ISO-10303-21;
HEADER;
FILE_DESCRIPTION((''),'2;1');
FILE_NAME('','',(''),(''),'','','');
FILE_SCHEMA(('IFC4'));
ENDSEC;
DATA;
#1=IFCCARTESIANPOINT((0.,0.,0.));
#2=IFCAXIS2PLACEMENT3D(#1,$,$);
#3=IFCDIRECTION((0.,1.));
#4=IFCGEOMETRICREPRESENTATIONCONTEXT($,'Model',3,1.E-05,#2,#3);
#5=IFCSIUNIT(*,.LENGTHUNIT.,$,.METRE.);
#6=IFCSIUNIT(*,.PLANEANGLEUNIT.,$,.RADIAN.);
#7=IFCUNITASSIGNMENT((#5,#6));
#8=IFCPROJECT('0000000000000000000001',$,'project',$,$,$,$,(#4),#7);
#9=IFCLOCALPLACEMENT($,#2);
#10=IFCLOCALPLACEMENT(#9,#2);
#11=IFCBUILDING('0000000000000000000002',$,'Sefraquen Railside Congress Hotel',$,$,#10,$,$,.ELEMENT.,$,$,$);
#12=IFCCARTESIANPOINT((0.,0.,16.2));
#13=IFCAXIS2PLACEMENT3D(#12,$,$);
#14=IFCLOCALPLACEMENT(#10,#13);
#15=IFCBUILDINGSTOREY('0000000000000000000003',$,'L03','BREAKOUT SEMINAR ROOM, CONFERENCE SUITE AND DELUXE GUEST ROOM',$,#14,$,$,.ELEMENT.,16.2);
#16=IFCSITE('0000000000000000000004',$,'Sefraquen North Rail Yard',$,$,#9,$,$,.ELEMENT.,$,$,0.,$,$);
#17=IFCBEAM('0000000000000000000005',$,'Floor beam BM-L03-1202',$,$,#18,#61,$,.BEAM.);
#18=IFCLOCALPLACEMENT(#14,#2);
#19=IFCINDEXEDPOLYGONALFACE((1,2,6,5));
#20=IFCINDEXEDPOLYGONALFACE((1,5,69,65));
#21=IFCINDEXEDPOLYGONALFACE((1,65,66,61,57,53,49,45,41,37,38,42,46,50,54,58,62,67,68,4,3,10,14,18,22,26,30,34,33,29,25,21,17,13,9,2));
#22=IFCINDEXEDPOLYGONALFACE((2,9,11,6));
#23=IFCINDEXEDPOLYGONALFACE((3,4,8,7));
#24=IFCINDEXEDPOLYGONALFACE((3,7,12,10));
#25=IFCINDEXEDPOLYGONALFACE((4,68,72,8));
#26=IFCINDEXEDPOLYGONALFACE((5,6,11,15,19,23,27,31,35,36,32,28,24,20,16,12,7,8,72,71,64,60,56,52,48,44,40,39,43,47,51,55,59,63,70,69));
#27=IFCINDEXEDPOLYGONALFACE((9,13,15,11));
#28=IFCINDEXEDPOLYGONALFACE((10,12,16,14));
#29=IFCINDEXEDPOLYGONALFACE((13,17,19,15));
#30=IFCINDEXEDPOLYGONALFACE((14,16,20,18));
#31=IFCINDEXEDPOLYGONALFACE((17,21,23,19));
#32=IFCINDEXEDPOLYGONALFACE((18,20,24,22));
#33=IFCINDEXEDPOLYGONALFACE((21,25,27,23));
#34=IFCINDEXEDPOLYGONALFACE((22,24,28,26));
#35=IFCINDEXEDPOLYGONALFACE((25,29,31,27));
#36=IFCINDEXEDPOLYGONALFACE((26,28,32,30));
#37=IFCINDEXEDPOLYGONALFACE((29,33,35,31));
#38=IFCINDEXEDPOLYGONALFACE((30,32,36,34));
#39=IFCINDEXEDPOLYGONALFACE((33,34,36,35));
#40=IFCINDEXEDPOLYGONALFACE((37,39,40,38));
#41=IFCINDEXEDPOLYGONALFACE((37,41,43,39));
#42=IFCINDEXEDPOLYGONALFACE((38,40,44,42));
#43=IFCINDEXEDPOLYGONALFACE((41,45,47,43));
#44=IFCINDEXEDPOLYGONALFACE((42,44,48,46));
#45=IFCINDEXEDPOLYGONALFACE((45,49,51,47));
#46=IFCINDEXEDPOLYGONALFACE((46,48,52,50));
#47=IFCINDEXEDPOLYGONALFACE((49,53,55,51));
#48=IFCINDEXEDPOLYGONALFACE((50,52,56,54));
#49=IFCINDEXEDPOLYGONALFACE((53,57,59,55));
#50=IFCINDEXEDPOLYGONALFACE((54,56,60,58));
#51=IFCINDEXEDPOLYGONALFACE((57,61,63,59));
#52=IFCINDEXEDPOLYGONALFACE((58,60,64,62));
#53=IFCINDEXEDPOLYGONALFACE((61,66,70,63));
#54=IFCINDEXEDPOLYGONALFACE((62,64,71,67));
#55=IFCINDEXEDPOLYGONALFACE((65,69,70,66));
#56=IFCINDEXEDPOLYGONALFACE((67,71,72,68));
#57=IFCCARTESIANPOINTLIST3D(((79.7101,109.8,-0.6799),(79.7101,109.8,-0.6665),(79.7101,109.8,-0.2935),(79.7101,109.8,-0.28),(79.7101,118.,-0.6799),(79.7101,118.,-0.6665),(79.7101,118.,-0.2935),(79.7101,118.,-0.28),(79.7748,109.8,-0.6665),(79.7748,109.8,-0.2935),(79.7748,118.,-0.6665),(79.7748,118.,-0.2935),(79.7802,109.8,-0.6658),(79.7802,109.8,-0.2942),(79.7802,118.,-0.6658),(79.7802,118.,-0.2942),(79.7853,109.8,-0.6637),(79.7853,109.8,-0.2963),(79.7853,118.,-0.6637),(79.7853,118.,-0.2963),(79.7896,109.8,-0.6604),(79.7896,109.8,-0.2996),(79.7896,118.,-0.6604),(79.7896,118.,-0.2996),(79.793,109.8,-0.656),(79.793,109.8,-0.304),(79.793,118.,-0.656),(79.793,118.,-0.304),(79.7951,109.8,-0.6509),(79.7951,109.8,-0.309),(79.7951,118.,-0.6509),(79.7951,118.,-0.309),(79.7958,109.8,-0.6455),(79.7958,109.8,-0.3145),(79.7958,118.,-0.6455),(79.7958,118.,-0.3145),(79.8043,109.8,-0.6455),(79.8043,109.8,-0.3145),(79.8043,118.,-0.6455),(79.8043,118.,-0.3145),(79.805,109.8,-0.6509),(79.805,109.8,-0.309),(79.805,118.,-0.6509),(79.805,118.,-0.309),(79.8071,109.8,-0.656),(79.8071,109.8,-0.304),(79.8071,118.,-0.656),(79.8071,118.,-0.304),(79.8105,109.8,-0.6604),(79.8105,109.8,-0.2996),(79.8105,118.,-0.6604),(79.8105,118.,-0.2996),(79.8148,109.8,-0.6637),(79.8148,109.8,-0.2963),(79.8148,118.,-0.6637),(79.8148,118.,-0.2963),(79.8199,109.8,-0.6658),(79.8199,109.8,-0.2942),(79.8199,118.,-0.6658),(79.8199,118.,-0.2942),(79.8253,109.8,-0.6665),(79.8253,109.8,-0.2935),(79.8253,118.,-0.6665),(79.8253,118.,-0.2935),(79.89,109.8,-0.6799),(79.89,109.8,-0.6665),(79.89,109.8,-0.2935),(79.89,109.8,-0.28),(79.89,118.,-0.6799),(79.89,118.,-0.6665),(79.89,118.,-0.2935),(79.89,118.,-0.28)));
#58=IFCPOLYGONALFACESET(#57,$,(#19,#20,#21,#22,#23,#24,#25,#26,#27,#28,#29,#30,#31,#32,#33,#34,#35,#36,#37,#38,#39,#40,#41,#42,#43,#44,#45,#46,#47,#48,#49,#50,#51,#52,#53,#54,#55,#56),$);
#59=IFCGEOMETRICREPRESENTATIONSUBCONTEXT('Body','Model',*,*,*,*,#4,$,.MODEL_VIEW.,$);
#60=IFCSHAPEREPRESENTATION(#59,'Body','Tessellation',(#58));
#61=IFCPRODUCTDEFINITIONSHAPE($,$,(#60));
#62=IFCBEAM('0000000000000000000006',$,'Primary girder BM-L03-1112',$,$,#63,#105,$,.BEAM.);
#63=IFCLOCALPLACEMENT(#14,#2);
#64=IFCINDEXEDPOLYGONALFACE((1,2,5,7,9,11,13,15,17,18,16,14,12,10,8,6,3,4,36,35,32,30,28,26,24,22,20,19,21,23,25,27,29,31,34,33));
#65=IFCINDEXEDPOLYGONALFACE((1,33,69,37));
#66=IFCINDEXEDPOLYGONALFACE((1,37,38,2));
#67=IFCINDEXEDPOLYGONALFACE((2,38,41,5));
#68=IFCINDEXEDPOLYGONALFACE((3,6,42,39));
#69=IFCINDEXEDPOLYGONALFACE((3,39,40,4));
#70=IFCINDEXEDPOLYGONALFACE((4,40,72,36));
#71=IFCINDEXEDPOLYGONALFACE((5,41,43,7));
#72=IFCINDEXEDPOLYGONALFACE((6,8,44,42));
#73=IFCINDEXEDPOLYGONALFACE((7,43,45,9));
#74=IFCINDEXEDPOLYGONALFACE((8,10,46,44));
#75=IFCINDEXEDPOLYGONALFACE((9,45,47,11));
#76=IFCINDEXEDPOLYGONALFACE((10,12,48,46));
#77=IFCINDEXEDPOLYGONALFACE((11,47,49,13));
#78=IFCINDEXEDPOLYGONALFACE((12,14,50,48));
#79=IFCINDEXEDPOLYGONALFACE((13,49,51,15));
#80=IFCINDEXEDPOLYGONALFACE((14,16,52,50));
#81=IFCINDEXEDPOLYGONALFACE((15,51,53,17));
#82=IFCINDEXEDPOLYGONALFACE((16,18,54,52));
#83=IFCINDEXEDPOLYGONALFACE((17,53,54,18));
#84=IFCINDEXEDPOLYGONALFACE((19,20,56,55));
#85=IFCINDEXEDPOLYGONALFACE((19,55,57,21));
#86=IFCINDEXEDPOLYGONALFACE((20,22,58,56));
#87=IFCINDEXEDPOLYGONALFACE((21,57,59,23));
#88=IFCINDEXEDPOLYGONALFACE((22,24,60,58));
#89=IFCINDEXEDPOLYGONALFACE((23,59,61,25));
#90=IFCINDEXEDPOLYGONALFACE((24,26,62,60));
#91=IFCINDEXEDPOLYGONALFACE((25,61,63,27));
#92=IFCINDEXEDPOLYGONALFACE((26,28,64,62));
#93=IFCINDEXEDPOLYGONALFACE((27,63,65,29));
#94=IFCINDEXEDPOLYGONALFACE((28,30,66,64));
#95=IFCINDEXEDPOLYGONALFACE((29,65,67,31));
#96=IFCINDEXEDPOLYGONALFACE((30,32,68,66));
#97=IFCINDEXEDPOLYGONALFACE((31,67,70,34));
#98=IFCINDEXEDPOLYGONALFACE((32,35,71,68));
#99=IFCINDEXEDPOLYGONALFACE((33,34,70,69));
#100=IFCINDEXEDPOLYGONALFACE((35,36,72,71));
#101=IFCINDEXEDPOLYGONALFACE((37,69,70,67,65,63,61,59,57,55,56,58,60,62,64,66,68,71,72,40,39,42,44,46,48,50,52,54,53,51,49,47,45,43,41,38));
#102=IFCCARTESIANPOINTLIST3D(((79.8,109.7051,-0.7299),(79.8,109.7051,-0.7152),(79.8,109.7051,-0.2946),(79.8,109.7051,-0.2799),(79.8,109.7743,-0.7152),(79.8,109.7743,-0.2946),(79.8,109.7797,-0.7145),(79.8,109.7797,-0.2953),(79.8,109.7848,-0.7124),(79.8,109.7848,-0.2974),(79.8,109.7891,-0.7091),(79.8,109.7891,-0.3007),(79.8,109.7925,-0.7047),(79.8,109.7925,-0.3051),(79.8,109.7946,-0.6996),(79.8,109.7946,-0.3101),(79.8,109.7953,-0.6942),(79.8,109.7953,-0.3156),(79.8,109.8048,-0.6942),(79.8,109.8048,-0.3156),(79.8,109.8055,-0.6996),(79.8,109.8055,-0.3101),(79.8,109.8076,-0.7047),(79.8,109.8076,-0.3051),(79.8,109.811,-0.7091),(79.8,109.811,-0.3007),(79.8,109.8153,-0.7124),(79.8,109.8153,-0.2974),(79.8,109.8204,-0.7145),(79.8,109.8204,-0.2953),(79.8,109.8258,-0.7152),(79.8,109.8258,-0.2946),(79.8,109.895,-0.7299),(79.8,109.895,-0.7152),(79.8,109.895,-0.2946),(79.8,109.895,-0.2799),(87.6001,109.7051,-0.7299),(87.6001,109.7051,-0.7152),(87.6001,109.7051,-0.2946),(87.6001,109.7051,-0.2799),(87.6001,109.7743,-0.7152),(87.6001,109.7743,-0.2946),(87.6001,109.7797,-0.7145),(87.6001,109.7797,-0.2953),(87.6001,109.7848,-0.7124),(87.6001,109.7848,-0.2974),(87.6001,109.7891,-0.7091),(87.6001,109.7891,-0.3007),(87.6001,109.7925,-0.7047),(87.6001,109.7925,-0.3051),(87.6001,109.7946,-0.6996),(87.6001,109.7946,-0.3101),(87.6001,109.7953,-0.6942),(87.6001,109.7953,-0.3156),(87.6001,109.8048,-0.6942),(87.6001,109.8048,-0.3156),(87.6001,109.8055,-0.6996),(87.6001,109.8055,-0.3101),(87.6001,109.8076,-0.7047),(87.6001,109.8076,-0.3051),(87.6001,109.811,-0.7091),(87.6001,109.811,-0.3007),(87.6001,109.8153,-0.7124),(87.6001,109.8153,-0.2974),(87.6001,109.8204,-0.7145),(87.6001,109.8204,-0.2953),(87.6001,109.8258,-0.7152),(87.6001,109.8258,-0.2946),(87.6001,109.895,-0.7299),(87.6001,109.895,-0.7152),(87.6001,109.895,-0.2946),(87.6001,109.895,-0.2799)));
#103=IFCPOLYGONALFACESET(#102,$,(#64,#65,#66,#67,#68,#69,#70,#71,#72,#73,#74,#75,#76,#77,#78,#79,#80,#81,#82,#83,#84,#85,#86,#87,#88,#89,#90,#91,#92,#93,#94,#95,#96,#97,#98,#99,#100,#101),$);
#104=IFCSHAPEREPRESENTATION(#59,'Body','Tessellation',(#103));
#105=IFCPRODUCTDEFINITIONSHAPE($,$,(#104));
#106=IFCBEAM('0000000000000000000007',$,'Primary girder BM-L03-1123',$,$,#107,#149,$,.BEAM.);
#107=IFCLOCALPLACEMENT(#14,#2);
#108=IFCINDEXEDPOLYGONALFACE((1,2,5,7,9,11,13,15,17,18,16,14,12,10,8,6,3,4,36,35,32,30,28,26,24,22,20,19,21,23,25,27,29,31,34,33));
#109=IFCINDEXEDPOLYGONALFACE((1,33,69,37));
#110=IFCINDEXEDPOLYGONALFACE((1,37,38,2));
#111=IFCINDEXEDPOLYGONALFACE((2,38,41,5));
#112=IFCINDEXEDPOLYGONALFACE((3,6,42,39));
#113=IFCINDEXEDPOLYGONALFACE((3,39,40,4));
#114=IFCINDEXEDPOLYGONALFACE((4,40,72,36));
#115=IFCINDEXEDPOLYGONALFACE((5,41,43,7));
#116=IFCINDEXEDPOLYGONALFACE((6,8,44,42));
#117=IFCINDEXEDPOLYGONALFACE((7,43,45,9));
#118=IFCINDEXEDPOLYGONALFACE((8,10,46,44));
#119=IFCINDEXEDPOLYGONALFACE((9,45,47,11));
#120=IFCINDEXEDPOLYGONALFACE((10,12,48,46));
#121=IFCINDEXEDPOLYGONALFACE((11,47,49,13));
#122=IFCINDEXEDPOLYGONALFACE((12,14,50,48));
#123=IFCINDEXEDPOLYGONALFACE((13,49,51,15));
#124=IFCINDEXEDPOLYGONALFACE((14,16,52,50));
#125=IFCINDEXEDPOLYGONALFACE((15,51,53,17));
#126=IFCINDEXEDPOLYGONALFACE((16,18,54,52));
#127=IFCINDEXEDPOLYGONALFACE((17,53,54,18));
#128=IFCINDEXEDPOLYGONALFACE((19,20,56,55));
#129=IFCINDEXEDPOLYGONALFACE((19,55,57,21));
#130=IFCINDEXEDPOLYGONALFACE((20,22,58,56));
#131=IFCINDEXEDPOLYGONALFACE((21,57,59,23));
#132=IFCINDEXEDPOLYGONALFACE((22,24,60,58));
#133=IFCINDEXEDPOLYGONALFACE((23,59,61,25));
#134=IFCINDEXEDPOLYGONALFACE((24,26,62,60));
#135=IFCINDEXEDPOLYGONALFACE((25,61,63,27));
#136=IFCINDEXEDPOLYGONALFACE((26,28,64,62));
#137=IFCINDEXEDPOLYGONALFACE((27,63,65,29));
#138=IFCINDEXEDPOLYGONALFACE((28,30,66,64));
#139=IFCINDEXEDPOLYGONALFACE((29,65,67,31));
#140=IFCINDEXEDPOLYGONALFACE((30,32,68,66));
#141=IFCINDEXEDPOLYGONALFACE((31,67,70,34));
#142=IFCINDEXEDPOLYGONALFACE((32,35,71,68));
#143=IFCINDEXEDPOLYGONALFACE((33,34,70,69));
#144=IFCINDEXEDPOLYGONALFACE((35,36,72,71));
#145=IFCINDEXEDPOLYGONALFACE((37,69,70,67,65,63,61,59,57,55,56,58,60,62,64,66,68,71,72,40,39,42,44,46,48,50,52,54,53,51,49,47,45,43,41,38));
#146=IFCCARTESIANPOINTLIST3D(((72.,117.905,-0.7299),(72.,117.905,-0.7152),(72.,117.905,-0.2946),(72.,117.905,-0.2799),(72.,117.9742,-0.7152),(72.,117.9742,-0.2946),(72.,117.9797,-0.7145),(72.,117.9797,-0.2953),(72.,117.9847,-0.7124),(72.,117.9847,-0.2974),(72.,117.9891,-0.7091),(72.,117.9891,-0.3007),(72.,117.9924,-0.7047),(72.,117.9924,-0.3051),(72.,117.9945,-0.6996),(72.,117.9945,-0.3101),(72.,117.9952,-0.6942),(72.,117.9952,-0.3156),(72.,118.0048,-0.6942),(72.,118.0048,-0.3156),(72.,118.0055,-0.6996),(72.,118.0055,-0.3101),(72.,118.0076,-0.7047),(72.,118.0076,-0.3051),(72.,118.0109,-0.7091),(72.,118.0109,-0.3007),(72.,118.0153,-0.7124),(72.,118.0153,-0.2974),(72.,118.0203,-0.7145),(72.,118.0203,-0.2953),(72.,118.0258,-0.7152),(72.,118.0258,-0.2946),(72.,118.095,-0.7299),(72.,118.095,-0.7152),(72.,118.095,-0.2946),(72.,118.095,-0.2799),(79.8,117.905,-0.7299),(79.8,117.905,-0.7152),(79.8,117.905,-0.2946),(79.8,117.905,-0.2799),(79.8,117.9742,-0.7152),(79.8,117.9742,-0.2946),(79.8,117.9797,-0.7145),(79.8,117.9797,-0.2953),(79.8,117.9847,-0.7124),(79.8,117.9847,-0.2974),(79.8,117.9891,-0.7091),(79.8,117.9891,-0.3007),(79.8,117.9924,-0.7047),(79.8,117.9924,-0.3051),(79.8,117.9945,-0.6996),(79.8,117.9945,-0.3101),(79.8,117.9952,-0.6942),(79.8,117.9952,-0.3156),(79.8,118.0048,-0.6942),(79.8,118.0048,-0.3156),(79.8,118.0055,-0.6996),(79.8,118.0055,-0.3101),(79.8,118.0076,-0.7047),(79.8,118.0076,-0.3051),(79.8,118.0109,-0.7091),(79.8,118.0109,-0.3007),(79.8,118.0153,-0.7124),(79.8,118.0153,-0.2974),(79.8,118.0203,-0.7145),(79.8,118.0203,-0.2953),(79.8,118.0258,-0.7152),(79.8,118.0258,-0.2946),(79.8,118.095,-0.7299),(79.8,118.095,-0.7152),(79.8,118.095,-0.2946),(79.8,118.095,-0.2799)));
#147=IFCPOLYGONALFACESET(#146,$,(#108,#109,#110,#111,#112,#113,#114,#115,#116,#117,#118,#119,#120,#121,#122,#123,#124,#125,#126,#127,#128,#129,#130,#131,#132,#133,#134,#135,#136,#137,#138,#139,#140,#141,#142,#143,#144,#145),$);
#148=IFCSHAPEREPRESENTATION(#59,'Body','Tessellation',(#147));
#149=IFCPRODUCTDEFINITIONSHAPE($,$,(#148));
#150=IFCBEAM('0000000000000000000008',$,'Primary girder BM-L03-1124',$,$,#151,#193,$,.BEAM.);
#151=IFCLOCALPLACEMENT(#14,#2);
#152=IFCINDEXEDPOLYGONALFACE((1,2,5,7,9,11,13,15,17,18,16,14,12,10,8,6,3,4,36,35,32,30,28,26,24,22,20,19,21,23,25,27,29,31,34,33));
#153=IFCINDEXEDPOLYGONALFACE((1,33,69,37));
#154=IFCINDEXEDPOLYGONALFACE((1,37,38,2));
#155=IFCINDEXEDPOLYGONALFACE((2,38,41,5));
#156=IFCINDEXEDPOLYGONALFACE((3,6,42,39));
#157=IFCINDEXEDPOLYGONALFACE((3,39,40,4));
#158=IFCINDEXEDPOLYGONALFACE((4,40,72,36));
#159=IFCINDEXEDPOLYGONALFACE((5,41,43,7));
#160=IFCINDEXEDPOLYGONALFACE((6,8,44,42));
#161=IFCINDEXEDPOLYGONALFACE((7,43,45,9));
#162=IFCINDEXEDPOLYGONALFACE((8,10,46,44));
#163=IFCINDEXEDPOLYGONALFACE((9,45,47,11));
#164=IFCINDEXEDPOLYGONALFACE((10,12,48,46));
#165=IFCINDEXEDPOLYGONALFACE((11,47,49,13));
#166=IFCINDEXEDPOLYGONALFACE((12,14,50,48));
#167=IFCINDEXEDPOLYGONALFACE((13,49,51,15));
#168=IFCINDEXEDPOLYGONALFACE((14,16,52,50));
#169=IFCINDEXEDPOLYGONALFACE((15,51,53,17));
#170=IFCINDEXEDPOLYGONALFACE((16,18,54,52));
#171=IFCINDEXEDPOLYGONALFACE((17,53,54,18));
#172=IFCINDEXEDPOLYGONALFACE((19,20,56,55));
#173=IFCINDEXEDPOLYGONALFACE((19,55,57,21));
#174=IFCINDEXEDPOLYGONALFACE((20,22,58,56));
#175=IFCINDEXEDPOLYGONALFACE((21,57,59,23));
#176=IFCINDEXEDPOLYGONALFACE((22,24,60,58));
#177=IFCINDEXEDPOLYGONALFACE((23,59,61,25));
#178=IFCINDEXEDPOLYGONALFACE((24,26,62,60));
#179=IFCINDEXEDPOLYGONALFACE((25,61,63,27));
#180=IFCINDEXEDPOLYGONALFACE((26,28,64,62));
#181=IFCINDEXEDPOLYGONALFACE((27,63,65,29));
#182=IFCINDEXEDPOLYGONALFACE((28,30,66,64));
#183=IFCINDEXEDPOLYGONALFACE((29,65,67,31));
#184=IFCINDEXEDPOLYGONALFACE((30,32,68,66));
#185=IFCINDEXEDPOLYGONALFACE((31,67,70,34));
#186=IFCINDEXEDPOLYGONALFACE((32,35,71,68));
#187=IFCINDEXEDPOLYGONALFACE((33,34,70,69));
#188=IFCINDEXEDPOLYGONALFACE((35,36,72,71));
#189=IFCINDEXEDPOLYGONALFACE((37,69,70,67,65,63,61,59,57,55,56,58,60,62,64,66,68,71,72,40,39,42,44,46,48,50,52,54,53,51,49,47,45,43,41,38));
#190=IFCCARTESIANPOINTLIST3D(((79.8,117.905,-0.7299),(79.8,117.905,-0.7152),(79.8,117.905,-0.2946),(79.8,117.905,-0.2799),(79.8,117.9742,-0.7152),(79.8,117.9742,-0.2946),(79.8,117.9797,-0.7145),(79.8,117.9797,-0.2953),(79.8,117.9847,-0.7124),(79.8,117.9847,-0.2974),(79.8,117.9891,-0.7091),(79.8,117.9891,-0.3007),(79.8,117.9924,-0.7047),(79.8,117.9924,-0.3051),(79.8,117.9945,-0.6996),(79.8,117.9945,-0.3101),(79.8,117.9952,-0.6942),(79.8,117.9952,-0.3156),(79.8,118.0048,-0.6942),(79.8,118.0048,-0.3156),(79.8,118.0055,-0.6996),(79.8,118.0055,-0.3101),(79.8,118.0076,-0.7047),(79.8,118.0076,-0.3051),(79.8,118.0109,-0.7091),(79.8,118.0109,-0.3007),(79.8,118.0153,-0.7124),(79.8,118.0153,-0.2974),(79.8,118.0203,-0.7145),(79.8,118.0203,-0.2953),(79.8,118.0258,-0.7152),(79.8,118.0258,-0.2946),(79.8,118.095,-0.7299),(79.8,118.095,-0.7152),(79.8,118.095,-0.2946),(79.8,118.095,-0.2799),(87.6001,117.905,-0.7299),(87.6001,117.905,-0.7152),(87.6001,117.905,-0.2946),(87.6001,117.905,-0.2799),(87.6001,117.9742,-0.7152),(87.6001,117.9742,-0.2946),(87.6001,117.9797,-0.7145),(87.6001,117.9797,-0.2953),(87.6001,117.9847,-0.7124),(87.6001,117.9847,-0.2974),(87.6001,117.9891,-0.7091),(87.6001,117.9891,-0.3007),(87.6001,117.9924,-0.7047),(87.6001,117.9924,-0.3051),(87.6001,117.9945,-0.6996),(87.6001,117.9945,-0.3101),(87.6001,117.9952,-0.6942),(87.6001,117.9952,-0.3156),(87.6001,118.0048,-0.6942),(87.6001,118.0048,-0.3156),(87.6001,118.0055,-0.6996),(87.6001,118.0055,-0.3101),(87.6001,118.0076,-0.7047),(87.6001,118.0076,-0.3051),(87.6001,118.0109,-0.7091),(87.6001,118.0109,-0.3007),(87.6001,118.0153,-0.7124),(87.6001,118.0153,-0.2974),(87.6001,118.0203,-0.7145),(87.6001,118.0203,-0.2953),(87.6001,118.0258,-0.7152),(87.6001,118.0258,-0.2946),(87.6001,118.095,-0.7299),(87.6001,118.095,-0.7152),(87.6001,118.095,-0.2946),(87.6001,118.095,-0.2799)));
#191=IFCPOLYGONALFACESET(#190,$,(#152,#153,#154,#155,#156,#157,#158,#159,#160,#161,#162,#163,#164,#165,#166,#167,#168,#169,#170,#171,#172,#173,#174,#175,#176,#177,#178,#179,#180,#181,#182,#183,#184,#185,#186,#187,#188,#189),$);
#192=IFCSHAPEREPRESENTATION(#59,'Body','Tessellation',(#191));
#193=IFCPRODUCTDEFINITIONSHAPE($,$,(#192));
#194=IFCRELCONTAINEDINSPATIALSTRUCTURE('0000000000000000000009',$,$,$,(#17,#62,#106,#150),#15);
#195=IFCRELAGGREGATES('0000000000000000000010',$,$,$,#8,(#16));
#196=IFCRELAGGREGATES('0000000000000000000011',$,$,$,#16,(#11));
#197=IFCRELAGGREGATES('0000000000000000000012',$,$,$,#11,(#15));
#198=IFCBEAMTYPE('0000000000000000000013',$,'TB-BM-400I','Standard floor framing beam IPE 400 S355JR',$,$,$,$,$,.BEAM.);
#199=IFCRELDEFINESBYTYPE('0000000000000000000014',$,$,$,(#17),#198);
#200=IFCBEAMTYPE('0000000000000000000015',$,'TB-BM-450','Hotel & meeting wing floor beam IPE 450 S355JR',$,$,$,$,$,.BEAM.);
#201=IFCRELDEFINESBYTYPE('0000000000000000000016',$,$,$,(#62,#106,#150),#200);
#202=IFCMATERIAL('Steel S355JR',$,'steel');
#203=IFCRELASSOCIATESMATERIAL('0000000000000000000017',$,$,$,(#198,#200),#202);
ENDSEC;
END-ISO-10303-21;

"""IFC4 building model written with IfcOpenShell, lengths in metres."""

from ifc_helpers import new_model, si_unit, direction, frame, origin, origin_2d, place, context, subcontext, project, spatial, i_section, extrude, material, material_profile, profile_set, type_object, element, save


model = new_model("IFC4")

# Units and contexts
model_context = context("Model", 3, precision=1e-05, world=origin(), true_north=direction((0.0, 1.0)))
body_context = subcontext(model_context, "Body", "Model", "MODEL_VIEW")
ifc_project = project(units=[si_unit("LENGTHUNIT", "METRE"), si_unit("PLANEANGLEUNIT", "RADIAN")], contexts=[model_context])

# Site, building, storey
site_placement = place(None, origin())
site = spatial("IfcSite", under=ifc_project, at=site_placement, Name="Sefraquen North Rail Yard", CompositionType="ELEMENT", RefElevation=0.0)
building_placement = place(site_placement, origin())
building = spatial("IfcBuilding", under=site, at=building_placement, Name="Sefraquen Railside Congress Hotel", CompositionType="ELEMENT")
storey_placement = place(building_placement, frame((0.0, 0.0, 16.2)))
storey = spatial("IfcBuildingStorey", under=building, at=storey_placement, Name="L03", Description="BREAKOUT SEMINAR ROOM, CONFERENCE SUITE AND DELUXE GUEST ROOM", CompositionType="ELEMENT", Elevation=16.2)

# Shared definitions
ifc_material_1 = material(Name="Steel S355JR", Category="steel")

# Beams
ifc_material_profile_1 = material_profile(ifc_material_1, i_section(OverallWidth=0.1799, OverallDepth=0.3999, WebThickness=0.0085, FlangeThickness=0.0134, FilletRadius=0.021, at=origin_2d()), Name="IPE 400")
ifc_profile_set_1 = profile_set([ifc_material_profile_1], Name="Steel S355JR")
beam_type_1 = type_object("IfcBeamType", Name="TB-BM-400I", Description="Standard floor framing beam IPE 400 S355JR", PredefinedType="BEAM", material=ifc_profile_set_1)
for number, where, z_axis, x_axis, name in (
    (1, (79.8, 109.8, -0.48), (0.0, 1.0, 0.0), (-1.0, 0.0, 0.0), "Floor beam BM-L03-1202"),
):
    element("IfcBeam", number, at=place(storey_placement, frame(where, z_axis=z_axis, x_axis=x_axis)), inside=storey, type_object=beam_type_1, Name=name, PredefinedType="BEAM", context=body_context, shape_type="SweptSolid", body=[
        extrude(i_section(OverallWidth=0.1799, OverallDepth=0.3999, WebThickness=0.0085, FlangeThickness=0.0134, FilletRadius=0.021, at=origin_2d()), origin(), (0.0, 0.0, 1.0), 8.2),
    ])
ifc_material_profile_2 = material_profile(ifc_material_1, i_section(OverallWidth=0.1899, OverallDepth=0.45, WebThickness=0.0095, FlangeThickness=0.0146, FilletRadius=0.021, at=origin_2d()), Name="IPE 450")
ifc_profile_set_2 = profile_set([ifc_material_profile_2], Name="Steel S355JR")
beam_type_2 = type_object("IfcBeamType", Name="TB-BM-450", Description="Hotel & meeting wing floor beam IPE 450 S355JR", PredefinedType="BEAM", material=ifc_profile_set_2)
for number, where, z_axis, x_axis, name in (
    (2, (79.8, 109.8, -0.5049), (1.0, 0.0, 0.0), (0.0, 1.0, 0.0), "Primary girder BM-L03-1112"),
    (3, (72.0, 118.0, -0.5049), (1.0, 0.0, 0.0), (0.0, 1.0, 0.0), "Primary girder BM-L03-1123"),
    (4, (79.8, 118.0, -0.5049), (1.0, 0.0, 0.0), (0.0, 1.0, 0.0), "Primary girder BM-L03-1124"),
):
    element("IfcBeam", number, at=place(storey_placement, frame(where, z_axis=z_axis, x_axis=x_axis)), inside=storey, type_object=beam_type_2, Name=name, PredefinedType="BEAM", context=body_context, shape_type="SweptSolid", body=[
        extrude(i_section(OverallWidth=0.1899, OverallDepth=0.45, WebThickness=0.0095, FlangeThickness=0.0146, FilletRadius=0.021, at=origin_2d()), origin(), (0.0, 0.0, 1.0), 7.8),
    ])

save(model, "model.ifc")
